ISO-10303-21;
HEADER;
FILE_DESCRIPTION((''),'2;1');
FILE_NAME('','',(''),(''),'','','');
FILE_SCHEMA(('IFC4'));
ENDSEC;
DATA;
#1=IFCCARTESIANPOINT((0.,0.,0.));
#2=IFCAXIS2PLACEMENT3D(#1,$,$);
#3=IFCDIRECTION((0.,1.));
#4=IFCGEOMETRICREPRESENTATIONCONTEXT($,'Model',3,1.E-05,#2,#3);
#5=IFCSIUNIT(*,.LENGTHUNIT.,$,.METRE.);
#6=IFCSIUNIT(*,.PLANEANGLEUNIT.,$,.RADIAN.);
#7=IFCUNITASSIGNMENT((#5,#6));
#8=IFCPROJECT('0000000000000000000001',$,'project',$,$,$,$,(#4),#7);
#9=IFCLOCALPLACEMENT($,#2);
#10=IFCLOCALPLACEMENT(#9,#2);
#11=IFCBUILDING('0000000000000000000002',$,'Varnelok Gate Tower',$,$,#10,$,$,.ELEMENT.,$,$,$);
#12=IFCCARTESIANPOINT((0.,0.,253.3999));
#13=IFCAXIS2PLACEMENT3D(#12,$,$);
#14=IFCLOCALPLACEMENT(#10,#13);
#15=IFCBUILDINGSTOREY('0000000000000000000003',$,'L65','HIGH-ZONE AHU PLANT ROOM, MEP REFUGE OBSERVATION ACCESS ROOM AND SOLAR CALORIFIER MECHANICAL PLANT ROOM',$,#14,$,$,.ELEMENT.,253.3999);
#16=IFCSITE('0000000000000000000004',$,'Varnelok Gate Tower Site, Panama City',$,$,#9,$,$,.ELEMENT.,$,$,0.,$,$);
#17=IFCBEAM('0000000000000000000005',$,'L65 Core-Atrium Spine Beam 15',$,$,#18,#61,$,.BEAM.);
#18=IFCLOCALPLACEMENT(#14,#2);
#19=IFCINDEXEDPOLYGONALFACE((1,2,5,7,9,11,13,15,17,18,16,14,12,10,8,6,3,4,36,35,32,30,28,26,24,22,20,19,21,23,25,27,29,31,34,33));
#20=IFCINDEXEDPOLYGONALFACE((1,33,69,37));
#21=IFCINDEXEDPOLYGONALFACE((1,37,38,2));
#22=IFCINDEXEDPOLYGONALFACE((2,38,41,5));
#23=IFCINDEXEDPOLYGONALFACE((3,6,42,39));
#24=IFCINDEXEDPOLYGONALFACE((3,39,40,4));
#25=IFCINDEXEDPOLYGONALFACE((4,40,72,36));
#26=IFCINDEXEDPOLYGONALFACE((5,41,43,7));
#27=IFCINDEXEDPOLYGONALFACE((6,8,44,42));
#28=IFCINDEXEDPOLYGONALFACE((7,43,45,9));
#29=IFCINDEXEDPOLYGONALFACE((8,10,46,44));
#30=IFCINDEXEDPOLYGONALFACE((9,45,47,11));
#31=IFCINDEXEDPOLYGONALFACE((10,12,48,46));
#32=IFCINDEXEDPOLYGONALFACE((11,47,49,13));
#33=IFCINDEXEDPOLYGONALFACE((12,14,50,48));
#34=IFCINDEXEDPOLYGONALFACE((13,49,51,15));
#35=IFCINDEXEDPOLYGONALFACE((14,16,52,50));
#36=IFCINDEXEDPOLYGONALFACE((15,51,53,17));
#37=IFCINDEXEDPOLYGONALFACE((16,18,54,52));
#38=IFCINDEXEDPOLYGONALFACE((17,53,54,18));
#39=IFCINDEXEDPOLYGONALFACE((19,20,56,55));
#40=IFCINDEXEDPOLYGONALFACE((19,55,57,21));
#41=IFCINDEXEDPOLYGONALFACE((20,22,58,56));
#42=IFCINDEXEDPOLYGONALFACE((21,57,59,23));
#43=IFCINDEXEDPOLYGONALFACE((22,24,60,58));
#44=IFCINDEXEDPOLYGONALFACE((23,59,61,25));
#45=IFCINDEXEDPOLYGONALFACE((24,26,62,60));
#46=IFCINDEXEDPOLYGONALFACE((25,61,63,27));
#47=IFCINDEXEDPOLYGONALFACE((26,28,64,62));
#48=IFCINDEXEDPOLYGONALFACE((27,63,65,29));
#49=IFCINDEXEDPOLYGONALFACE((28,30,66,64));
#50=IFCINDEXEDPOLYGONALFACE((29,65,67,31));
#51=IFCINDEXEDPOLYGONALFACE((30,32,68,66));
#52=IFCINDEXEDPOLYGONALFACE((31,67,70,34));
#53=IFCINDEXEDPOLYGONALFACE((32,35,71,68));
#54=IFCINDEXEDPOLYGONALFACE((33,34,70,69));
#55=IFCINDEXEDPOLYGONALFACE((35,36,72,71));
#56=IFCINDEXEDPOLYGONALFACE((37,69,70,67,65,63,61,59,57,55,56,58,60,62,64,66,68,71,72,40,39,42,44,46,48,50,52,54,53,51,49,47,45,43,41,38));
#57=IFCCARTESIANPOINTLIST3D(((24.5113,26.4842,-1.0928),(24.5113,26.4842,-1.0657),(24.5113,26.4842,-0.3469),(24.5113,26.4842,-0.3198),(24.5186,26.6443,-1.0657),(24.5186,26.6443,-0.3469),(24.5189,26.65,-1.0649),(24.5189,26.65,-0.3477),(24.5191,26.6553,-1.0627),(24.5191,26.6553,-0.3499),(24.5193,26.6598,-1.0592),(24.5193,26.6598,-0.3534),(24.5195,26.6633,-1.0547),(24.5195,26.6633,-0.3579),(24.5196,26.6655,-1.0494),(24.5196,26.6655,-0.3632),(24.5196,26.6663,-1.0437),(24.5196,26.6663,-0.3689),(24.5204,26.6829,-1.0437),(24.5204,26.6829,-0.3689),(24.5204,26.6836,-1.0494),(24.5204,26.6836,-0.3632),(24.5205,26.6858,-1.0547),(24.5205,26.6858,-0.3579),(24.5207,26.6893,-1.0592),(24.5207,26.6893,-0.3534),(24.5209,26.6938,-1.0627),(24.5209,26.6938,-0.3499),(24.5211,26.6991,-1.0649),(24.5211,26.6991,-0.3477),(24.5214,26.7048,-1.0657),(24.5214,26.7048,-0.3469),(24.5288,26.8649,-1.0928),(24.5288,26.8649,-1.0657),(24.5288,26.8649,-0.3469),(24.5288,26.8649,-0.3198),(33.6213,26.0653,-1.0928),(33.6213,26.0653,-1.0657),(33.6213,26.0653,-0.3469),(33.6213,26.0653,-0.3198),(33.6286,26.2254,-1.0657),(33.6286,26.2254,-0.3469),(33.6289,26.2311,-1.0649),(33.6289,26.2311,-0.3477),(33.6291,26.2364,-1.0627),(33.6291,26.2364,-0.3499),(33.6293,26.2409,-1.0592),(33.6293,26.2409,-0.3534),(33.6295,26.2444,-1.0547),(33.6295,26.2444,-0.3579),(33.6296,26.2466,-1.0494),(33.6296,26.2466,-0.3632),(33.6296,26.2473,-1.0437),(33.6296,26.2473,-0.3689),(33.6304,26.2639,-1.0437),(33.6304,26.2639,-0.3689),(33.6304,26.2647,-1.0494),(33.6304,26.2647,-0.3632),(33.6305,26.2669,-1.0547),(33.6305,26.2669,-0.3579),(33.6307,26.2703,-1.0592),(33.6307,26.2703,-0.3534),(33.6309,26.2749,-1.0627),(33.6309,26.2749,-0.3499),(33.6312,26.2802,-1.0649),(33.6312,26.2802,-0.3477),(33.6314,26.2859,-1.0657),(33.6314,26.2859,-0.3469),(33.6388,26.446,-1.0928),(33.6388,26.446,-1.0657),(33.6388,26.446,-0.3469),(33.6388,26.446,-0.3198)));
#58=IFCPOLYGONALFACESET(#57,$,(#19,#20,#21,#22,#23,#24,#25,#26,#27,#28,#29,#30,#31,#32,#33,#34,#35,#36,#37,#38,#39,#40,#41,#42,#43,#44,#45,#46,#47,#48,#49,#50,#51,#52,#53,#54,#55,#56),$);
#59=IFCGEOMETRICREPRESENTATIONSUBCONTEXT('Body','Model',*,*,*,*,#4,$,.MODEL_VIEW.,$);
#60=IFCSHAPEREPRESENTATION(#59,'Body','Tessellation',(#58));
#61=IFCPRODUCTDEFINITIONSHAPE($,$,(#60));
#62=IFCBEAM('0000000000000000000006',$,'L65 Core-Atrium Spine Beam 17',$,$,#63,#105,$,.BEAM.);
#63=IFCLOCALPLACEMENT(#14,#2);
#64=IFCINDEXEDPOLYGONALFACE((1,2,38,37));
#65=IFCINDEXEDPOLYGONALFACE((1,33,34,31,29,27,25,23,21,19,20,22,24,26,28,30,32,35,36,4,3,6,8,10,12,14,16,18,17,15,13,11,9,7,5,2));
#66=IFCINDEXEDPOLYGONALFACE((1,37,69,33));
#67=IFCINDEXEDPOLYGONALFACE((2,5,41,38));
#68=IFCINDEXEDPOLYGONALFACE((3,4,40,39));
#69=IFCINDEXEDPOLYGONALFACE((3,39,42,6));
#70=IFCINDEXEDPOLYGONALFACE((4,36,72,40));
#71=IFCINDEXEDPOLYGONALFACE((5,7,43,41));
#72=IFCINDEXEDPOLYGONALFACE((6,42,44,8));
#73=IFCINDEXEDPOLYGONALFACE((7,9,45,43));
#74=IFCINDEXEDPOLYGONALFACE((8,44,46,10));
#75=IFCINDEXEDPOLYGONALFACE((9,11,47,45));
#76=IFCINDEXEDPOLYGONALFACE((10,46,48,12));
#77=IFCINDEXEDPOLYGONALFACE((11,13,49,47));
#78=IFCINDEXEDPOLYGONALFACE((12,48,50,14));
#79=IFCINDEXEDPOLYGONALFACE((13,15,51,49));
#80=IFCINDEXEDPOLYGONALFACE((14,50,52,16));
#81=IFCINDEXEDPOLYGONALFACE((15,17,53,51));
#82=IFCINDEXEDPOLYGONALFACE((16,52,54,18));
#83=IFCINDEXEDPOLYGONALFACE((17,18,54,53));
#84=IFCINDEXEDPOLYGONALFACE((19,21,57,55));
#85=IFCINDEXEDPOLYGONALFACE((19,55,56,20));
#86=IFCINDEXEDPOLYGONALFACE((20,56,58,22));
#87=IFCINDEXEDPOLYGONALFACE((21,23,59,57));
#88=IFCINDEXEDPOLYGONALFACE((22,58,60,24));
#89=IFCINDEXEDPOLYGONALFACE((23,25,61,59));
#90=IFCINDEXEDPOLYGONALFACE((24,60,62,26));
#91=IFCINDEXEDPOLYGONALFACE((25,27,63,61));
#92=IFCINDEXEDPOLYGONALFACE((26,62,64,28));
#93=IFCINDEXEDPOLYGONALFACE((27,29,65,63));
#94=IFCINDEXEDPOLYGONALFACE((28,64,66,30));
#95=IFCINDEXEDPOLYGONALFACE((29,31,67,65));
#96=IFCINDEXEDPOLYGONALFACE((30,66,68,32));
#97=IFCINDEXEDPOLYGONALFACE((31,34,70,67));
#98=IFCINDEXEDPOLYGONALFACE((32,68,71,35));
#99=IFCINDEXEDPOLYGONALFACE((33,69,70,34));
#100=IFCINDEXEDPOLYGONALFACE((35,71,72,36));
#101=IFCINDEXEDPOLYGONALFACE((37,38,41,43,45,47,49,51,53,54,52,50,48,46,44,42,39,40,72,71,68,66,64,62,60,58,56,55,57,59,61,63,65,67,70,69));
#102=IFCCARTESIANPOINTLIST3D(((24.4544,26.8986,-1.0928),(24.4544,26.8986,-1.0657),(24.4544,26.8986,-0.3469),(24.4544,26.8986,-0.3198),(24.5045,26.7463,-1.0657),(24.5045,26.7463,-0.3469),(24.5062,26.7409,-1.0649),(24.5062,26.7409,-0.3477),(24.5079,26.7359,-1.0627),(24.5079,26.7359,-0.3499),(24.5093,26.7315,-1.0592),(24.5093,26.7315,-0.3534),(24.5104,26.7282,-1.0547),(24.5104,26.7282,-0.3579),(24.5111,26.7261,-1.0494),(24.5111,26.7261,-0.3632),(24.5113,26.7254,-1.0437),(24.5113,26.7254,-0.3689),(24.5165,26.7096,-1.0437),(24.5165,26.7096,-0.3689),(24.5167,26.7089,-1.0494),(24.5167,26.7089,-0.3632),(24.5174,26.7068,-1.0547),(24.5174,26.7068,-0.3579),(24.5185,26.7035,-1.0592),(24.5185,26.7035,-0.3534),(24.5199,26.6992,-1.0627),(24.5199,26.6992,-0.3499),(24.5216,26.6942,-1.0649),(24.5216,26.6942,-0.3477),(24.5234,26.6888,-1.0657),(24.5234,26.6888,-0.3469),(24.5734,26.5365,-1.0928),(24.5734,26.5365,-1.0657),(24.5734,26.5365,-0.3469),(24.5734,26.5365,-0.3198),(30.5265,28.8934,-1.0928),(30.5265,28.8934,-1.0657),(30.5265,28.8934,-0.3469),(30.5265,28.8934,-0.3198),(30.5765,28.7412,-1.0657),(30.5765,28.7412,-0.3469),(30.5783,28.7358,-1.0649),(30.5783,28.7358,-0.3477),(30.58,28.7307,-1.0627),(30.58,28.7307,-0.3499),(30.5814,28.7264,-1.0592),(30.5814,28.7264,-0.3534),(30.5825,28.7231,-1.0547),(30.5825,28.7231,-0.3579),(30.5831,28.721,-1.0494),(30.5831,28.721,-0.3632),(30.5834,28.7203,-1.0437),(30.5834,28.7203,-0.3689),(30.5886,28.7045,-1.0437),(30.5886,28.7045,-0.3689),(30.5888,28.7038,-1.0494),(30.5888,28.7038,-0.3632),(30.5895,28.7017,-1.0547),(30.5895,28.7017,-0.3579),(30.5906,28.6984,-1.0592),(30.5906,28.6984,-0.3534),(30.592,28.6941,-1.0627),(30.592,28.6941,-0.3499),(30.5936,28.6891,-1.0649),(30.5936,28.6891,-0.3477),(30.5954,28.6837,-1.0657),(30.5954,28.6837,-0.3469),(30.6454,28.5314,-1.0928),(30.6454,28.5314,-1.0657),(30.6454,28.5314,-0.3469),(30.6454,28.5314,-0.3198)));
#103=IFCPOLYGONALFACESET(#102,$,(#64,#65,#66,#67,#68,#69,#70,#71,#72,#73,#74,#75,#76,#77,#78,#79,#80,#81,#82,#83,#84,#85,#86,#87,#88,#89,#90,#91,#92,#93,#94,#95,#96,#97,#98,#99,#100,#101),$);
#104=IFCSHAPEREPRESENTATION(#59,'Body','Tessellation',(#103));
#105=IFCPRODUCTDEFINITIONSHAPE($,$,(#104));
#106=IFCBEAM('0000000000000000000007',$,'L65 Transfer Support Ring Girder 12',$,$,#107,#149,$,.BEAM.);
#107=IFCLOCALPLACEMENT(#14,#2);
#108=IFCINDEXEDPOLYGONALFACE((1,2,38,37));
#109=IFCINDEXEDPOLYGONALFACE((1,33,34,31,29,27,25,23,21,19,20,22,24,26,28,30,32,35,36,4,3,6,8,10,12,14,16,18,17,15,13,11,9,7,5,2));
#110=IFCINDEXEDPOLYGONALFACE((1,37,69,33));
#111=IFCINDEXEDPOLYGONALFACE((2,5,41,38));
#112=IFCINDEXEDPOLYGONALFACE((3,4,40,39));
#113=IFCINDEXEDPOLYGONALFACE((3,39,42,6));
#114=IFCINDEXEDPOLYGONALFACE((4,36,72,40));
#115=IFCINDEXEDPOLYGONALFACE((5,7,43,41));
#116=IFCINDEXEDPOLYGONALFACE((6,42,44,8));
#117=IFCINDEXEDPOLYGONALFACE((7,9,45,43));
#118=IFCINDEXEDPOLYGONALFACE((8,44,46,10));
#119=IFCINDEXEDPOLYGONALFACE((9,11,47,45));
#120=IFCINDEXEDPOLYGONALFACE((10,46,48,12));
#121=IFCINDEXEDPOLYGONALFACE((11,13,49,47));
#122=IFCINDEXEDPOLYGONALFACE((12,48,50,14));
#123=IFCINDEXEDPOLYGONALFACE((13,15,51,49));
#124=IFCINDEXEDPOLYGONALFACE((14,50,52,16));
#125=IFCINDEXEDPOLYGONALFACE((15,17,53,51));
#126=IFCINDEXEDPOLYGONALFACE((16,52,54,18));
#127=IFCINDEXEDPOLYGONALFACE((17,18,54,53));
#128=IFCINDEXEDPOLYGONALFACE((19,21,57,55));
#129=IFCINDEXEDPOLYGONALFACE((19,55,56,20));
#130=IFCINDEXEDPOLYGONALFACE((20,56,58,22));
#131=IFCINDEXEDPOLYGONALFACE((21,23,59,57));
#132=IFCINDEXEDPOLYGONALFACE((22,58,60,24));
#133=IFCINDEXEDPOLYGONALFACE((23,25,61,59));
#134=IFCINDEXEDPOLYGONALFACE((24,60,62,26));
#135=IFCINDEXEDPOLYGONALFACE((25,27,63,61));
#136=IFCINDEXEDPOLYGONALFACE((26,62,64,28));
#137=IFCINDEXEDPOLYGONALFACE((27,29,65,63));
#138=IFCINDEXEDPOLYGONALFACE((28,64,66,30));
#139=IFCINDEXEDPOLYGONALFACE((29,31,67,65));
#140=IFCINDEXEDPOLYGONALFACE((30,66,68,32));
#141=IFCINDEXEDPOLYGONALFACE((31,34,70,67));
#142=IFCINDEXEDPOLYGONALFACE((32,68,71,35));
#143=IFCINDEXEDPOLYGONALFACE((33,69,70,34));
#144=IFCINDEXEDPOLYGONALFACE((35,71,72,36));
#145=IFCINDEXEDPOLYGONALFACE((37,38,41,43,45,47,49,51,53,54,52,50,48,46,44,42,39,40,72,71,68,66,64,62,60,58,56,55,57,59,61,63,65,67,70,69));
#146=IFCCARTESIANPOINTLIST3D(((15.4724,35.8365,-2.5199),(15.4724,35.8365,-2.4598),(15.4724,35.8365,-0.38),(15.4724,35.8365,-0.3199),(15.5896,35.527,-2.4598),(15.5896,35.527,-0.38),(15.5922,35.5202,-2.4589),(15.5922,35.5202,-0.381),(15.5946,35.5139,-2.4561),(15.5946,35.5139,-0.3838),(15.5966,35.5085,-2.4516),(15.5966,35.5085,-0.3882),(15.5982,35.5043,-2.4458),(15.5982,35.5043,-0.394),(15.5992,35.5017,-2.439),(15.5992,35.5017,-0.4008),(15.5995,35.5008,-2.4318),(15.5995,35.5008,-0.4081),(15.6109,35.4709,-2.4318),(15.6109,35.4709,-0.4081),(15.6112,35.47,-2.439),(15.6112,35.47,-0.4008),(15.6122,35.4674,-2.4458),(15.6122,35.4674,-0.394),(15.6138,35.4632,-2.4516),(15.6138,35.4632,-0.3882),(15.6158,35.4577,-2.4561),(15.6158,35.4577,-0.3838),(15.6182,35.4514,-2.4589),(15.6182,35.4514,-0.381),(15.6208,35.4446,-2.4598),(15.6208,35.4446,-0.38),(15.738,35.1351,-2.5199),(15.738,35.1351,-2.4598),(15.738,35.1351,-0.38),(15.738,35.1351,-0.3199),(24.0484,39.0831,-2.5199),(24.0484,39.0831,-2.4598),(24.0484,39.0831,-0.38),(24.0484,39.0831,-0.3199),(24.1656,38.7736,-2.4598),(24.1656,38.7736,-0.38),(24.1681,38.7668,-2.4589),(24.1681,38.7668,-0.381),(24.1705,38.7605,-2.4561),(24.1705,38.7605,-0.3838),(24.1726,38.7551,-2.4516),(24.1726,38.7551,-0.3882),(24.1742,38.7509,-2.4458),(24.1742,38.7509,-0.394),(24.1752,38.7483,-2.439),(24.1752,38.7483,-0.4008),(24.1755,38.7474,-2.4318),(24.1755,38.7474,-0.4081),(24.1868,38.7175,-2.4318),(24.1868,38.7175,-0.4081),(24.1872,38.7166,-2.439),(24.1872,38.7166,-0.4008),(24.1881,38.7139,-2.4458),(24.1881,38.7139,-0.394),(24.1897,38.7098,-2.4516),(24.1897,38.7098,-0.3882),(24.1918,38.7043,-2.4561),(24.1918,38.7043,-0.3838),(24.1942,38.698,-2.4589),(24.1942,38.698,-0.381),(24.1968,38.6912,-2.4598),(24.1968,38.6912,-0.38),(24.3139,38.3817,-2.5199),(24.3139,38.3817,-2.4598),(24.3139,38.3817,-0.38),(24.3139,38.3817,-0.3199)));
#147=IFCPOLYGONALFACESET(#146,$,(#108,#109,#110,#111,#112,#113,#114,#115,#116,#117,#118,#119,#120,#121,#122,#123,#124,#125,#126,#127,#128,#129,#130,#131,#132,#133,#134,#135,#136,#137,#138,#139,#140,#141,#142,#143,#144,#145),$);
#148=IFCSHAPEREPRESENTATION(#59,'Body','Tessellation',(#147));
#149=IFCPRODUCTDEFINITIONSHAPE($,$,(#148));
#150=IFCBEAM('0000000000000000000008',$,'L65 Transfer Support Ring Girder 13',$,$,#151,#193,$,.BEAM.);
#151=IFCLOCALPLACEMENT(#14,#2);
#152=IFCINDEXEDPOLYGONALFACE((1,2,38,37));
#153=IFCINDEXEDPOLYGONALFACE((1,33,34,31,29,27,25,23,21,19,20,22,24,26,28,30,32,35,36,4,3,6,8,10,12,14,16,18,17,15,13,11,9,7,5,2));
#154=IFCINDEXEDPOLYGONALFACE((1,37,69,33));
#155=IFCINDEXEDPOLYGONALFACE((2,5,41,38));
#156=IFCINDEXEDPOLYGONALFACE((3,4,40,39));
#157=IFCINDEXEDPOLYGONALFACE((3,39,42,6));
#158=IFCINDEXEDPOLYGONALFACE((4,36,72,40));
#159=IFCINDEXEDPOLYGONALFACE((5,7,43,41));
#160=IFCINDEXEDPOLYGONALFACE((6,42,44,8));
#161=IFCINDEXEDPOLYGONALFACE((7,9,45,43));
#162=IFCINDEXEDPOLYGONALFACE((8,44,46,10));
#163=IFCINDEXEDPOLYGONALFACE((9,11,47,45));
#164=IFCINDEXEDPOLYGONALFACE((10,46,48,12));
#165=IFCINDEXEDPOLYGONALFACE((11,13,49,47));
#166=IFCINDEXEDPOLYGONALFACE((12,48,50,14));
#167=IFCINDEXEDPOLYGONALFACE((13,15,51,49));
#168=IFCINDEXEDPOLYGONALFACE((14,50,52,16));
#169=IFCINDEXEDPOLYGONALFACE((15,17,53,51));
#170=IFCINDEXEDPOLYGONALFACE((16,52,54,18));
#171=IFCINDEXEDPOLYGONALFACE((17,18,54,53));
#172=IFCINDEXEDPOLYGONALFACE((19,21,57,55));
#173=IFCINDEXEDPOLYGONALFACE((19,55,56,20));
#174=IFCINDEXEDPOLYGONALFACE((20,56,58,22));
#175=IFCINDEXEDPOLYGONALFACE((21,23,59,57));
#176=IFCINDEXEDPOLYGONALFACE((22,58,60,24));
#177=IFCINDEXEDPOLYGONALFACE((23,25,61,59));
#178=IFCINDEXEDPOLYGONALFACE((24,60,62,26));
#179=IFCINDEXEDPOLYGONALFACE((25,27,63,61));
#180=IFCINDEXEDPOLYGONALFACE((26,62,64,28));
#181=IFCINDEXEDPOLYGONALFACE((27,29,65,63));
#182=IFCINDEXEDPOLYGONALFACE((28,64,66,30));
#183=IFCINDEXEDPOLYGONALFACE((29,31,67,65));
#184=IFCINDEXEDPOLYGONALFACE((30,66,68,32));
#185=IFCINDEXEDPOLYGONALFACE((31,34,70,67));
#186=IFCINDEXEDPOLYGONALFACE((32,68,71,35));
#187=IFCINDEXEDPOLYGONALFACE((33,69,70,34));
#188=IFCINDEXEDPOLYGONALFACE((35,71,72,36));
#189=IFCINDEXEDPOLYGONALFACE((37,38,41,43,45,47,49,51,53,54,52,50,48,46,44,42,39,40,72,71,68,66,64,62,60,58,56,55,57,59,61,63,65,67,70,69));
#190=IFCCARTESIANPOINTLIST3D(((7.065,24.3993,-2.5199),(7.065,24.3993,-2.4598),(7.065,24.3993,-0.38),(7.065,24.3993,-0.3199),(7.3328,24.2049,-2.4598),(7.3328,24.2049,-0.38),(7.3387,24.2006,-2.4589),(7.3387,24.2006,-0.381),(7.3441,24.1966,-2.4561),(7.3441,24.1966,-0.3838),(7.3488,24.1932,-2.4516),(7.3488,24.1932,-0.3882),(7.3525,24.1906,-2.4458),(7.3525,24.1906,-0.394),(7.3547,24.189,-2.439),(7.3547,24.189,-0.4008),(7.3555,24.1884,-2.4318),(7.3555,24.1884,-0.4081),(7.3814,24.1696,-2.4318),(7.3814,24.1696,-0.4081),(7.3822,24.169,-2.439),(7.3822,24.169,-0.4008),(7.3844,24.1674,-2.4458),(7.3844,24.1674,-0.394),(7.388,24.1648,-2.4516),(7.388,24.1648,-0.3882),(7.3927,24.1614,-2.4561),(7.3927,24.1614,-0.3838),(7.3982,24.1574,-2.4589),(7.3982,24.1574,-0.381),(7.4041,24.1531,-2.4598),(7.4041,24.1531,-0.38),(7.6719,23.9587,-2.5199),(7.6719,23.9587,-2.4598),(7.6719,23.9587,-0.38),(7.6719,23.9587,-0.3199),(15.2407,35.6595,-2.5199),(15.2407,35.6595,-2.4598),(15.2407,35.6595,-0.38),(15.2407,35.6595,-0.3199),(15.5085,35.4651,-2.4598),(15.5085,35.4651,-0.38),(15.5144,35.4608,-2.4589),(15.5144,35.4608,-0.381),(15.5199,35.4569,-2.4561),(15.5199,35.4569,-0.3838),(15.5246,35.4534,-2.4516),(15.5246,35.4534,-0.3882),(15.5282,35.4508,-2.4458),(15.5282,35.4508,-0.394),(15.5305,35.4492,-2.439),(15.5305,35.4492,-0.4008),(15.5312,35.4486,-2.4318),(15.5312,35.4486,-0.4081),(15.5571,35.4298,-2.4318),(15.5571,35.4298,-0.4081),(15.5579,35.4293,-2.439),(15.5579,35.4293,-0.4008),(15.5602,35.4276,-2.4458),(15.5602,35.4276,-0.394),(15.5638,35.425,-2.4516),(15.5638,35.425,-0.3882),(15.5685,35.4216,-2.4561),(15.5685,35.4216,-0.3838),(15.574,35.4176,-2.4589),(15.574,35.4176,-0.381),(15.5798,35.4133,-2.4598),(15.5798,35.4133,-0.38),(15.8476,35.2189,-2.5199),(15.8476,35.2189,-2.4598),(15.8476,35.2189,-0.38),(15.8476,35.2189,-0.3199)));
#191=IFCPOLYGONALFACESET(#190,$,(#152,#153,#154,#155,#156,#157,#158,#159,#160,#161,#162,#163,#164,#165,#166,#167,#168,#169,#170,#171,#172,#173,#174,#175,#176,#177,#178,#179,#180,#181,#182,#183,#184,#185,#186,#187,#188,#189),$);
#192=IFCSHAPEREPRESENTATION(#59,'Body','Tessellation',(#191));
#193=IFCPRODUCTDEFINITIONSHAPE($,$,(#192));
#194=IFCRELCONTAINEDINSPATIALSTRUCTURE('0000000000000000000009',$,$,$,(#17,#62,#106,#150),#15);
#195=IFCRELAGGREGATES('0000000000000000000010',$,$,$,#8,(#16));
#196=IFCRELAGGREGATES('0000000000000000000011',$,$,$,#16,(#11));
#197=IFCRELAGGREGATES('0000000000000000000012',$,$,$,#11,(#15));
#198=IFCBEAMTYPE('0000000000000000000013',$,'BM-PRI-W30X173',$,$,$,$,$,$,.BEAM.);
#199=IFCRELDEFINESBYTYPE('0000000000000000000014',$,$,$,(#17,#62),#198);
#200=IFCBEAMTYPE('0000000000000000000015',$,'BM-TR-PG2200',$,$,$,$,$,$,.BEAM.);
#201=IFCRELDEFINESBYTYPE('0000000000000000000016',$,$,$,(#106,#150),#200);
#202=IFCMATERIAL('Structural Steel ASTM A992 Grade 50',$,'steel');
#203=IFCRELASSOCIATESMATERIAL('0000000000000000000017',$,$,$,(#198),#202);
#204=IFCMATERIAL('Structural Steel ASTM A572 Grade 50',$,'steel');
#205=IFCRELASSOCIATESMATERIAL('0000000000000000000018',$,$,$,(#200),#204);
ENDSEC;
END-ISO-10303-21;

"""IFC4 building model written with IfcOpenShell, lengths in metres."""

from ifc_helpers import new_model, si_unit, direction, frame, origin, origin_2d, place, context, subcontext, project, spatial, i_section, extrude, material, material_profile, profile_set, type_object, element, save


model = new_model("IFC4")

# Units and contexts
model_context = context("Model", 3, precision=1e-05, world=origin(), true_north=direction((0.0, 1.0)))
body_context = subcontext(model_context, "Body", "Model", "MODEL_VIEW")
ifc_project = project(units=[si_unit("LENGTHUNIT", "METRE"), si_unit("PLANEANGLEUNIT", "RADIAN")], contexts=[model_context])

# Site, building, storey
site_placement = place(None, origin())
site = spatial("IfcSite", under=ifc_project, at=site_placement, Name="Varnelok Gate Tower Site, Panama City", CompositionType="ELEMENT", RefElevation=0.0)
building_placement = place(site_placement, origin())
building = spatial("IfcBuilding", under=site, at=building_placement, Name="Varnelok Gate Tower", CompositionType="ELEMENT")
storey_placement = place(building_placement, frame((0.0, 0.0, 253.3999)))
storey = spatial("IfcBuildingStorey", under=building, at=storey_placement, Name="L65", Description="HIGH-ZONE AHU PLANT ROOM, MEP REFUGE OBSERVATION ACCESS ROOM AND SOLAR CALORIFIER MECHANICAL PLANT ROOM", CompositionType="ELEMENT", Elevation=253.3999)

# Shared definitions
ifc_material_1 = material(Name="Structural Steel ASTM A992 Grade 50", Category="steel")

# Beams
ifc_material_profile_1 = material_profile(ifc_material_1, i_section(OverallWidth=0.3811, OverallDepth=0.7729, WebThickness=0.0166, FlangeThickness=0.0271, FilletRadius=0.022, at=origin_2d()), Name="W30X173")
ifc_profile_set_1 = profile_set([ifc_material_profile_1], Name="Structural Steel ASTM A992 Grade 50")
beam_type_1 = type_object("IfcBeamType", Name="BM-PRI-W30X173", PredefinedType="BEAM", material=ifc_profile_set_1)
beam_1_placement = place(storey_placement, frame((24.52, 26.6746, -0.7063), z_axis=(0.998944, -0.045938, 0.0), x_axis=(0.045938, 0.998944, 0.0)))
element("IfcBeam", 1, at=beam_1_placement, inside=storey, type_object=beam_type_1, Name="L65 Core-Atrium Spine Beam 15", PredefinedType="BEAM", context=body_context, shape_type="SweptSolid", body=[
    extrude(i_section(OverallWidth=0.3811, OverallDepth=0.7729, WebThickness=0.0166, FlangeThickness=0.0271, FilletRadius=0.022, at=origin_2d()), origin(), (0.0, 0.0, 1.0), 9.1196),
])
beam_2_placement = place(storey_placement, frame((24.5139, 26.7175, -0.7063), z_axis=(0.950042, 0.312122, 0.0), x_axis=(-0.312122, 0.950042, 0.0)))
element("IfcBeam", 2, at=beam_2_placement, inside=storey, type_object=beam_type_1, Name="L65 Core-Atrium Spine Beam 17", PredefinedType="BEAM", context=body_context, shape_type="SweptSolid", body=[
    extrude(i_section(OverallWidth=0.3811, OverallDepth=0.7729, WebThickness=0.0166, FlangeThickness=0.0271, FilletRadius=0.022, at=origin_2d()), origin(), (0.0, 0.0, 1.0), 6.3914),
])
ifc_material_2 = material(Name="Structural Steel ASTM A572 Grade 50", Category="steel")
ifc_material_profile_2 = material_profile(ifc_material_2, i_section(OverallWidth=0.75, OverallDepth=2.2, WebThickness=0.032, FlangeThickness=0.0601, FilletRadius=0.0281, at=origin_2d()), Name="PG2200X750")
ifc_profile_set_2 = profile_set([ifc_material_profile_2], Name="Structural Steel ASTM A572 Grade 50")
beam_type_2 = type_object("IfcBeamType", Name="BM-TR-PG2200", PredefinedType="BEAM", material=ifc_profile_set_2)
beam_3_placement = place(storey_placement, frame((24.1812, 38.7324, -1.4199), z_axis=(-0.935227, -0.354048, 0.0), x_axis=(0.354048, -0.935227, 0.0)))
element("IfcBeam", 3, at=beam_3_placement, inside=storey, type_object=beam_type_2, Name="L65 Transfer Support Ring Girder 12", PredefinedType="BEAM", context=body_context, shape_type="SweptSolid", body=[
    extrude(i_section(OverallWidth=0.75, OverallDepth=2.2, WebThickness=0.032, FlangeThickness=0.0601, FilletRadius=0.0281, at=origin_2d()), origin(), (0.0, 0.0, 1.0), 9.1699),
])
beam_4_placement = place(storey_placement, frame((15.5442, 35.4392, -1.4199), z_axis=(-0.587537, -0.809197, 0.0), x_axis=(0.809197, -0.587537, 0.0)))
element("IfcBeam", 4, at=beam_4_placement, inside=storey, type_object=beam_type_2, Name="L65 Transfer Support Ring Girder 13", PredefinedType="BEAM", context=body_context, shape_type="SweptSolid", body=[
    extrude(i_section(OverallWidth=0.75, OverallDepth=2.2, WebThickness=0.032, FlangeThickness=0.0601, FilletRadius=0.0281, at=origin_2d()), origin(), (0.0, 0.0, 1.0), 13.9153),
])

save(model, "model.ifc")
